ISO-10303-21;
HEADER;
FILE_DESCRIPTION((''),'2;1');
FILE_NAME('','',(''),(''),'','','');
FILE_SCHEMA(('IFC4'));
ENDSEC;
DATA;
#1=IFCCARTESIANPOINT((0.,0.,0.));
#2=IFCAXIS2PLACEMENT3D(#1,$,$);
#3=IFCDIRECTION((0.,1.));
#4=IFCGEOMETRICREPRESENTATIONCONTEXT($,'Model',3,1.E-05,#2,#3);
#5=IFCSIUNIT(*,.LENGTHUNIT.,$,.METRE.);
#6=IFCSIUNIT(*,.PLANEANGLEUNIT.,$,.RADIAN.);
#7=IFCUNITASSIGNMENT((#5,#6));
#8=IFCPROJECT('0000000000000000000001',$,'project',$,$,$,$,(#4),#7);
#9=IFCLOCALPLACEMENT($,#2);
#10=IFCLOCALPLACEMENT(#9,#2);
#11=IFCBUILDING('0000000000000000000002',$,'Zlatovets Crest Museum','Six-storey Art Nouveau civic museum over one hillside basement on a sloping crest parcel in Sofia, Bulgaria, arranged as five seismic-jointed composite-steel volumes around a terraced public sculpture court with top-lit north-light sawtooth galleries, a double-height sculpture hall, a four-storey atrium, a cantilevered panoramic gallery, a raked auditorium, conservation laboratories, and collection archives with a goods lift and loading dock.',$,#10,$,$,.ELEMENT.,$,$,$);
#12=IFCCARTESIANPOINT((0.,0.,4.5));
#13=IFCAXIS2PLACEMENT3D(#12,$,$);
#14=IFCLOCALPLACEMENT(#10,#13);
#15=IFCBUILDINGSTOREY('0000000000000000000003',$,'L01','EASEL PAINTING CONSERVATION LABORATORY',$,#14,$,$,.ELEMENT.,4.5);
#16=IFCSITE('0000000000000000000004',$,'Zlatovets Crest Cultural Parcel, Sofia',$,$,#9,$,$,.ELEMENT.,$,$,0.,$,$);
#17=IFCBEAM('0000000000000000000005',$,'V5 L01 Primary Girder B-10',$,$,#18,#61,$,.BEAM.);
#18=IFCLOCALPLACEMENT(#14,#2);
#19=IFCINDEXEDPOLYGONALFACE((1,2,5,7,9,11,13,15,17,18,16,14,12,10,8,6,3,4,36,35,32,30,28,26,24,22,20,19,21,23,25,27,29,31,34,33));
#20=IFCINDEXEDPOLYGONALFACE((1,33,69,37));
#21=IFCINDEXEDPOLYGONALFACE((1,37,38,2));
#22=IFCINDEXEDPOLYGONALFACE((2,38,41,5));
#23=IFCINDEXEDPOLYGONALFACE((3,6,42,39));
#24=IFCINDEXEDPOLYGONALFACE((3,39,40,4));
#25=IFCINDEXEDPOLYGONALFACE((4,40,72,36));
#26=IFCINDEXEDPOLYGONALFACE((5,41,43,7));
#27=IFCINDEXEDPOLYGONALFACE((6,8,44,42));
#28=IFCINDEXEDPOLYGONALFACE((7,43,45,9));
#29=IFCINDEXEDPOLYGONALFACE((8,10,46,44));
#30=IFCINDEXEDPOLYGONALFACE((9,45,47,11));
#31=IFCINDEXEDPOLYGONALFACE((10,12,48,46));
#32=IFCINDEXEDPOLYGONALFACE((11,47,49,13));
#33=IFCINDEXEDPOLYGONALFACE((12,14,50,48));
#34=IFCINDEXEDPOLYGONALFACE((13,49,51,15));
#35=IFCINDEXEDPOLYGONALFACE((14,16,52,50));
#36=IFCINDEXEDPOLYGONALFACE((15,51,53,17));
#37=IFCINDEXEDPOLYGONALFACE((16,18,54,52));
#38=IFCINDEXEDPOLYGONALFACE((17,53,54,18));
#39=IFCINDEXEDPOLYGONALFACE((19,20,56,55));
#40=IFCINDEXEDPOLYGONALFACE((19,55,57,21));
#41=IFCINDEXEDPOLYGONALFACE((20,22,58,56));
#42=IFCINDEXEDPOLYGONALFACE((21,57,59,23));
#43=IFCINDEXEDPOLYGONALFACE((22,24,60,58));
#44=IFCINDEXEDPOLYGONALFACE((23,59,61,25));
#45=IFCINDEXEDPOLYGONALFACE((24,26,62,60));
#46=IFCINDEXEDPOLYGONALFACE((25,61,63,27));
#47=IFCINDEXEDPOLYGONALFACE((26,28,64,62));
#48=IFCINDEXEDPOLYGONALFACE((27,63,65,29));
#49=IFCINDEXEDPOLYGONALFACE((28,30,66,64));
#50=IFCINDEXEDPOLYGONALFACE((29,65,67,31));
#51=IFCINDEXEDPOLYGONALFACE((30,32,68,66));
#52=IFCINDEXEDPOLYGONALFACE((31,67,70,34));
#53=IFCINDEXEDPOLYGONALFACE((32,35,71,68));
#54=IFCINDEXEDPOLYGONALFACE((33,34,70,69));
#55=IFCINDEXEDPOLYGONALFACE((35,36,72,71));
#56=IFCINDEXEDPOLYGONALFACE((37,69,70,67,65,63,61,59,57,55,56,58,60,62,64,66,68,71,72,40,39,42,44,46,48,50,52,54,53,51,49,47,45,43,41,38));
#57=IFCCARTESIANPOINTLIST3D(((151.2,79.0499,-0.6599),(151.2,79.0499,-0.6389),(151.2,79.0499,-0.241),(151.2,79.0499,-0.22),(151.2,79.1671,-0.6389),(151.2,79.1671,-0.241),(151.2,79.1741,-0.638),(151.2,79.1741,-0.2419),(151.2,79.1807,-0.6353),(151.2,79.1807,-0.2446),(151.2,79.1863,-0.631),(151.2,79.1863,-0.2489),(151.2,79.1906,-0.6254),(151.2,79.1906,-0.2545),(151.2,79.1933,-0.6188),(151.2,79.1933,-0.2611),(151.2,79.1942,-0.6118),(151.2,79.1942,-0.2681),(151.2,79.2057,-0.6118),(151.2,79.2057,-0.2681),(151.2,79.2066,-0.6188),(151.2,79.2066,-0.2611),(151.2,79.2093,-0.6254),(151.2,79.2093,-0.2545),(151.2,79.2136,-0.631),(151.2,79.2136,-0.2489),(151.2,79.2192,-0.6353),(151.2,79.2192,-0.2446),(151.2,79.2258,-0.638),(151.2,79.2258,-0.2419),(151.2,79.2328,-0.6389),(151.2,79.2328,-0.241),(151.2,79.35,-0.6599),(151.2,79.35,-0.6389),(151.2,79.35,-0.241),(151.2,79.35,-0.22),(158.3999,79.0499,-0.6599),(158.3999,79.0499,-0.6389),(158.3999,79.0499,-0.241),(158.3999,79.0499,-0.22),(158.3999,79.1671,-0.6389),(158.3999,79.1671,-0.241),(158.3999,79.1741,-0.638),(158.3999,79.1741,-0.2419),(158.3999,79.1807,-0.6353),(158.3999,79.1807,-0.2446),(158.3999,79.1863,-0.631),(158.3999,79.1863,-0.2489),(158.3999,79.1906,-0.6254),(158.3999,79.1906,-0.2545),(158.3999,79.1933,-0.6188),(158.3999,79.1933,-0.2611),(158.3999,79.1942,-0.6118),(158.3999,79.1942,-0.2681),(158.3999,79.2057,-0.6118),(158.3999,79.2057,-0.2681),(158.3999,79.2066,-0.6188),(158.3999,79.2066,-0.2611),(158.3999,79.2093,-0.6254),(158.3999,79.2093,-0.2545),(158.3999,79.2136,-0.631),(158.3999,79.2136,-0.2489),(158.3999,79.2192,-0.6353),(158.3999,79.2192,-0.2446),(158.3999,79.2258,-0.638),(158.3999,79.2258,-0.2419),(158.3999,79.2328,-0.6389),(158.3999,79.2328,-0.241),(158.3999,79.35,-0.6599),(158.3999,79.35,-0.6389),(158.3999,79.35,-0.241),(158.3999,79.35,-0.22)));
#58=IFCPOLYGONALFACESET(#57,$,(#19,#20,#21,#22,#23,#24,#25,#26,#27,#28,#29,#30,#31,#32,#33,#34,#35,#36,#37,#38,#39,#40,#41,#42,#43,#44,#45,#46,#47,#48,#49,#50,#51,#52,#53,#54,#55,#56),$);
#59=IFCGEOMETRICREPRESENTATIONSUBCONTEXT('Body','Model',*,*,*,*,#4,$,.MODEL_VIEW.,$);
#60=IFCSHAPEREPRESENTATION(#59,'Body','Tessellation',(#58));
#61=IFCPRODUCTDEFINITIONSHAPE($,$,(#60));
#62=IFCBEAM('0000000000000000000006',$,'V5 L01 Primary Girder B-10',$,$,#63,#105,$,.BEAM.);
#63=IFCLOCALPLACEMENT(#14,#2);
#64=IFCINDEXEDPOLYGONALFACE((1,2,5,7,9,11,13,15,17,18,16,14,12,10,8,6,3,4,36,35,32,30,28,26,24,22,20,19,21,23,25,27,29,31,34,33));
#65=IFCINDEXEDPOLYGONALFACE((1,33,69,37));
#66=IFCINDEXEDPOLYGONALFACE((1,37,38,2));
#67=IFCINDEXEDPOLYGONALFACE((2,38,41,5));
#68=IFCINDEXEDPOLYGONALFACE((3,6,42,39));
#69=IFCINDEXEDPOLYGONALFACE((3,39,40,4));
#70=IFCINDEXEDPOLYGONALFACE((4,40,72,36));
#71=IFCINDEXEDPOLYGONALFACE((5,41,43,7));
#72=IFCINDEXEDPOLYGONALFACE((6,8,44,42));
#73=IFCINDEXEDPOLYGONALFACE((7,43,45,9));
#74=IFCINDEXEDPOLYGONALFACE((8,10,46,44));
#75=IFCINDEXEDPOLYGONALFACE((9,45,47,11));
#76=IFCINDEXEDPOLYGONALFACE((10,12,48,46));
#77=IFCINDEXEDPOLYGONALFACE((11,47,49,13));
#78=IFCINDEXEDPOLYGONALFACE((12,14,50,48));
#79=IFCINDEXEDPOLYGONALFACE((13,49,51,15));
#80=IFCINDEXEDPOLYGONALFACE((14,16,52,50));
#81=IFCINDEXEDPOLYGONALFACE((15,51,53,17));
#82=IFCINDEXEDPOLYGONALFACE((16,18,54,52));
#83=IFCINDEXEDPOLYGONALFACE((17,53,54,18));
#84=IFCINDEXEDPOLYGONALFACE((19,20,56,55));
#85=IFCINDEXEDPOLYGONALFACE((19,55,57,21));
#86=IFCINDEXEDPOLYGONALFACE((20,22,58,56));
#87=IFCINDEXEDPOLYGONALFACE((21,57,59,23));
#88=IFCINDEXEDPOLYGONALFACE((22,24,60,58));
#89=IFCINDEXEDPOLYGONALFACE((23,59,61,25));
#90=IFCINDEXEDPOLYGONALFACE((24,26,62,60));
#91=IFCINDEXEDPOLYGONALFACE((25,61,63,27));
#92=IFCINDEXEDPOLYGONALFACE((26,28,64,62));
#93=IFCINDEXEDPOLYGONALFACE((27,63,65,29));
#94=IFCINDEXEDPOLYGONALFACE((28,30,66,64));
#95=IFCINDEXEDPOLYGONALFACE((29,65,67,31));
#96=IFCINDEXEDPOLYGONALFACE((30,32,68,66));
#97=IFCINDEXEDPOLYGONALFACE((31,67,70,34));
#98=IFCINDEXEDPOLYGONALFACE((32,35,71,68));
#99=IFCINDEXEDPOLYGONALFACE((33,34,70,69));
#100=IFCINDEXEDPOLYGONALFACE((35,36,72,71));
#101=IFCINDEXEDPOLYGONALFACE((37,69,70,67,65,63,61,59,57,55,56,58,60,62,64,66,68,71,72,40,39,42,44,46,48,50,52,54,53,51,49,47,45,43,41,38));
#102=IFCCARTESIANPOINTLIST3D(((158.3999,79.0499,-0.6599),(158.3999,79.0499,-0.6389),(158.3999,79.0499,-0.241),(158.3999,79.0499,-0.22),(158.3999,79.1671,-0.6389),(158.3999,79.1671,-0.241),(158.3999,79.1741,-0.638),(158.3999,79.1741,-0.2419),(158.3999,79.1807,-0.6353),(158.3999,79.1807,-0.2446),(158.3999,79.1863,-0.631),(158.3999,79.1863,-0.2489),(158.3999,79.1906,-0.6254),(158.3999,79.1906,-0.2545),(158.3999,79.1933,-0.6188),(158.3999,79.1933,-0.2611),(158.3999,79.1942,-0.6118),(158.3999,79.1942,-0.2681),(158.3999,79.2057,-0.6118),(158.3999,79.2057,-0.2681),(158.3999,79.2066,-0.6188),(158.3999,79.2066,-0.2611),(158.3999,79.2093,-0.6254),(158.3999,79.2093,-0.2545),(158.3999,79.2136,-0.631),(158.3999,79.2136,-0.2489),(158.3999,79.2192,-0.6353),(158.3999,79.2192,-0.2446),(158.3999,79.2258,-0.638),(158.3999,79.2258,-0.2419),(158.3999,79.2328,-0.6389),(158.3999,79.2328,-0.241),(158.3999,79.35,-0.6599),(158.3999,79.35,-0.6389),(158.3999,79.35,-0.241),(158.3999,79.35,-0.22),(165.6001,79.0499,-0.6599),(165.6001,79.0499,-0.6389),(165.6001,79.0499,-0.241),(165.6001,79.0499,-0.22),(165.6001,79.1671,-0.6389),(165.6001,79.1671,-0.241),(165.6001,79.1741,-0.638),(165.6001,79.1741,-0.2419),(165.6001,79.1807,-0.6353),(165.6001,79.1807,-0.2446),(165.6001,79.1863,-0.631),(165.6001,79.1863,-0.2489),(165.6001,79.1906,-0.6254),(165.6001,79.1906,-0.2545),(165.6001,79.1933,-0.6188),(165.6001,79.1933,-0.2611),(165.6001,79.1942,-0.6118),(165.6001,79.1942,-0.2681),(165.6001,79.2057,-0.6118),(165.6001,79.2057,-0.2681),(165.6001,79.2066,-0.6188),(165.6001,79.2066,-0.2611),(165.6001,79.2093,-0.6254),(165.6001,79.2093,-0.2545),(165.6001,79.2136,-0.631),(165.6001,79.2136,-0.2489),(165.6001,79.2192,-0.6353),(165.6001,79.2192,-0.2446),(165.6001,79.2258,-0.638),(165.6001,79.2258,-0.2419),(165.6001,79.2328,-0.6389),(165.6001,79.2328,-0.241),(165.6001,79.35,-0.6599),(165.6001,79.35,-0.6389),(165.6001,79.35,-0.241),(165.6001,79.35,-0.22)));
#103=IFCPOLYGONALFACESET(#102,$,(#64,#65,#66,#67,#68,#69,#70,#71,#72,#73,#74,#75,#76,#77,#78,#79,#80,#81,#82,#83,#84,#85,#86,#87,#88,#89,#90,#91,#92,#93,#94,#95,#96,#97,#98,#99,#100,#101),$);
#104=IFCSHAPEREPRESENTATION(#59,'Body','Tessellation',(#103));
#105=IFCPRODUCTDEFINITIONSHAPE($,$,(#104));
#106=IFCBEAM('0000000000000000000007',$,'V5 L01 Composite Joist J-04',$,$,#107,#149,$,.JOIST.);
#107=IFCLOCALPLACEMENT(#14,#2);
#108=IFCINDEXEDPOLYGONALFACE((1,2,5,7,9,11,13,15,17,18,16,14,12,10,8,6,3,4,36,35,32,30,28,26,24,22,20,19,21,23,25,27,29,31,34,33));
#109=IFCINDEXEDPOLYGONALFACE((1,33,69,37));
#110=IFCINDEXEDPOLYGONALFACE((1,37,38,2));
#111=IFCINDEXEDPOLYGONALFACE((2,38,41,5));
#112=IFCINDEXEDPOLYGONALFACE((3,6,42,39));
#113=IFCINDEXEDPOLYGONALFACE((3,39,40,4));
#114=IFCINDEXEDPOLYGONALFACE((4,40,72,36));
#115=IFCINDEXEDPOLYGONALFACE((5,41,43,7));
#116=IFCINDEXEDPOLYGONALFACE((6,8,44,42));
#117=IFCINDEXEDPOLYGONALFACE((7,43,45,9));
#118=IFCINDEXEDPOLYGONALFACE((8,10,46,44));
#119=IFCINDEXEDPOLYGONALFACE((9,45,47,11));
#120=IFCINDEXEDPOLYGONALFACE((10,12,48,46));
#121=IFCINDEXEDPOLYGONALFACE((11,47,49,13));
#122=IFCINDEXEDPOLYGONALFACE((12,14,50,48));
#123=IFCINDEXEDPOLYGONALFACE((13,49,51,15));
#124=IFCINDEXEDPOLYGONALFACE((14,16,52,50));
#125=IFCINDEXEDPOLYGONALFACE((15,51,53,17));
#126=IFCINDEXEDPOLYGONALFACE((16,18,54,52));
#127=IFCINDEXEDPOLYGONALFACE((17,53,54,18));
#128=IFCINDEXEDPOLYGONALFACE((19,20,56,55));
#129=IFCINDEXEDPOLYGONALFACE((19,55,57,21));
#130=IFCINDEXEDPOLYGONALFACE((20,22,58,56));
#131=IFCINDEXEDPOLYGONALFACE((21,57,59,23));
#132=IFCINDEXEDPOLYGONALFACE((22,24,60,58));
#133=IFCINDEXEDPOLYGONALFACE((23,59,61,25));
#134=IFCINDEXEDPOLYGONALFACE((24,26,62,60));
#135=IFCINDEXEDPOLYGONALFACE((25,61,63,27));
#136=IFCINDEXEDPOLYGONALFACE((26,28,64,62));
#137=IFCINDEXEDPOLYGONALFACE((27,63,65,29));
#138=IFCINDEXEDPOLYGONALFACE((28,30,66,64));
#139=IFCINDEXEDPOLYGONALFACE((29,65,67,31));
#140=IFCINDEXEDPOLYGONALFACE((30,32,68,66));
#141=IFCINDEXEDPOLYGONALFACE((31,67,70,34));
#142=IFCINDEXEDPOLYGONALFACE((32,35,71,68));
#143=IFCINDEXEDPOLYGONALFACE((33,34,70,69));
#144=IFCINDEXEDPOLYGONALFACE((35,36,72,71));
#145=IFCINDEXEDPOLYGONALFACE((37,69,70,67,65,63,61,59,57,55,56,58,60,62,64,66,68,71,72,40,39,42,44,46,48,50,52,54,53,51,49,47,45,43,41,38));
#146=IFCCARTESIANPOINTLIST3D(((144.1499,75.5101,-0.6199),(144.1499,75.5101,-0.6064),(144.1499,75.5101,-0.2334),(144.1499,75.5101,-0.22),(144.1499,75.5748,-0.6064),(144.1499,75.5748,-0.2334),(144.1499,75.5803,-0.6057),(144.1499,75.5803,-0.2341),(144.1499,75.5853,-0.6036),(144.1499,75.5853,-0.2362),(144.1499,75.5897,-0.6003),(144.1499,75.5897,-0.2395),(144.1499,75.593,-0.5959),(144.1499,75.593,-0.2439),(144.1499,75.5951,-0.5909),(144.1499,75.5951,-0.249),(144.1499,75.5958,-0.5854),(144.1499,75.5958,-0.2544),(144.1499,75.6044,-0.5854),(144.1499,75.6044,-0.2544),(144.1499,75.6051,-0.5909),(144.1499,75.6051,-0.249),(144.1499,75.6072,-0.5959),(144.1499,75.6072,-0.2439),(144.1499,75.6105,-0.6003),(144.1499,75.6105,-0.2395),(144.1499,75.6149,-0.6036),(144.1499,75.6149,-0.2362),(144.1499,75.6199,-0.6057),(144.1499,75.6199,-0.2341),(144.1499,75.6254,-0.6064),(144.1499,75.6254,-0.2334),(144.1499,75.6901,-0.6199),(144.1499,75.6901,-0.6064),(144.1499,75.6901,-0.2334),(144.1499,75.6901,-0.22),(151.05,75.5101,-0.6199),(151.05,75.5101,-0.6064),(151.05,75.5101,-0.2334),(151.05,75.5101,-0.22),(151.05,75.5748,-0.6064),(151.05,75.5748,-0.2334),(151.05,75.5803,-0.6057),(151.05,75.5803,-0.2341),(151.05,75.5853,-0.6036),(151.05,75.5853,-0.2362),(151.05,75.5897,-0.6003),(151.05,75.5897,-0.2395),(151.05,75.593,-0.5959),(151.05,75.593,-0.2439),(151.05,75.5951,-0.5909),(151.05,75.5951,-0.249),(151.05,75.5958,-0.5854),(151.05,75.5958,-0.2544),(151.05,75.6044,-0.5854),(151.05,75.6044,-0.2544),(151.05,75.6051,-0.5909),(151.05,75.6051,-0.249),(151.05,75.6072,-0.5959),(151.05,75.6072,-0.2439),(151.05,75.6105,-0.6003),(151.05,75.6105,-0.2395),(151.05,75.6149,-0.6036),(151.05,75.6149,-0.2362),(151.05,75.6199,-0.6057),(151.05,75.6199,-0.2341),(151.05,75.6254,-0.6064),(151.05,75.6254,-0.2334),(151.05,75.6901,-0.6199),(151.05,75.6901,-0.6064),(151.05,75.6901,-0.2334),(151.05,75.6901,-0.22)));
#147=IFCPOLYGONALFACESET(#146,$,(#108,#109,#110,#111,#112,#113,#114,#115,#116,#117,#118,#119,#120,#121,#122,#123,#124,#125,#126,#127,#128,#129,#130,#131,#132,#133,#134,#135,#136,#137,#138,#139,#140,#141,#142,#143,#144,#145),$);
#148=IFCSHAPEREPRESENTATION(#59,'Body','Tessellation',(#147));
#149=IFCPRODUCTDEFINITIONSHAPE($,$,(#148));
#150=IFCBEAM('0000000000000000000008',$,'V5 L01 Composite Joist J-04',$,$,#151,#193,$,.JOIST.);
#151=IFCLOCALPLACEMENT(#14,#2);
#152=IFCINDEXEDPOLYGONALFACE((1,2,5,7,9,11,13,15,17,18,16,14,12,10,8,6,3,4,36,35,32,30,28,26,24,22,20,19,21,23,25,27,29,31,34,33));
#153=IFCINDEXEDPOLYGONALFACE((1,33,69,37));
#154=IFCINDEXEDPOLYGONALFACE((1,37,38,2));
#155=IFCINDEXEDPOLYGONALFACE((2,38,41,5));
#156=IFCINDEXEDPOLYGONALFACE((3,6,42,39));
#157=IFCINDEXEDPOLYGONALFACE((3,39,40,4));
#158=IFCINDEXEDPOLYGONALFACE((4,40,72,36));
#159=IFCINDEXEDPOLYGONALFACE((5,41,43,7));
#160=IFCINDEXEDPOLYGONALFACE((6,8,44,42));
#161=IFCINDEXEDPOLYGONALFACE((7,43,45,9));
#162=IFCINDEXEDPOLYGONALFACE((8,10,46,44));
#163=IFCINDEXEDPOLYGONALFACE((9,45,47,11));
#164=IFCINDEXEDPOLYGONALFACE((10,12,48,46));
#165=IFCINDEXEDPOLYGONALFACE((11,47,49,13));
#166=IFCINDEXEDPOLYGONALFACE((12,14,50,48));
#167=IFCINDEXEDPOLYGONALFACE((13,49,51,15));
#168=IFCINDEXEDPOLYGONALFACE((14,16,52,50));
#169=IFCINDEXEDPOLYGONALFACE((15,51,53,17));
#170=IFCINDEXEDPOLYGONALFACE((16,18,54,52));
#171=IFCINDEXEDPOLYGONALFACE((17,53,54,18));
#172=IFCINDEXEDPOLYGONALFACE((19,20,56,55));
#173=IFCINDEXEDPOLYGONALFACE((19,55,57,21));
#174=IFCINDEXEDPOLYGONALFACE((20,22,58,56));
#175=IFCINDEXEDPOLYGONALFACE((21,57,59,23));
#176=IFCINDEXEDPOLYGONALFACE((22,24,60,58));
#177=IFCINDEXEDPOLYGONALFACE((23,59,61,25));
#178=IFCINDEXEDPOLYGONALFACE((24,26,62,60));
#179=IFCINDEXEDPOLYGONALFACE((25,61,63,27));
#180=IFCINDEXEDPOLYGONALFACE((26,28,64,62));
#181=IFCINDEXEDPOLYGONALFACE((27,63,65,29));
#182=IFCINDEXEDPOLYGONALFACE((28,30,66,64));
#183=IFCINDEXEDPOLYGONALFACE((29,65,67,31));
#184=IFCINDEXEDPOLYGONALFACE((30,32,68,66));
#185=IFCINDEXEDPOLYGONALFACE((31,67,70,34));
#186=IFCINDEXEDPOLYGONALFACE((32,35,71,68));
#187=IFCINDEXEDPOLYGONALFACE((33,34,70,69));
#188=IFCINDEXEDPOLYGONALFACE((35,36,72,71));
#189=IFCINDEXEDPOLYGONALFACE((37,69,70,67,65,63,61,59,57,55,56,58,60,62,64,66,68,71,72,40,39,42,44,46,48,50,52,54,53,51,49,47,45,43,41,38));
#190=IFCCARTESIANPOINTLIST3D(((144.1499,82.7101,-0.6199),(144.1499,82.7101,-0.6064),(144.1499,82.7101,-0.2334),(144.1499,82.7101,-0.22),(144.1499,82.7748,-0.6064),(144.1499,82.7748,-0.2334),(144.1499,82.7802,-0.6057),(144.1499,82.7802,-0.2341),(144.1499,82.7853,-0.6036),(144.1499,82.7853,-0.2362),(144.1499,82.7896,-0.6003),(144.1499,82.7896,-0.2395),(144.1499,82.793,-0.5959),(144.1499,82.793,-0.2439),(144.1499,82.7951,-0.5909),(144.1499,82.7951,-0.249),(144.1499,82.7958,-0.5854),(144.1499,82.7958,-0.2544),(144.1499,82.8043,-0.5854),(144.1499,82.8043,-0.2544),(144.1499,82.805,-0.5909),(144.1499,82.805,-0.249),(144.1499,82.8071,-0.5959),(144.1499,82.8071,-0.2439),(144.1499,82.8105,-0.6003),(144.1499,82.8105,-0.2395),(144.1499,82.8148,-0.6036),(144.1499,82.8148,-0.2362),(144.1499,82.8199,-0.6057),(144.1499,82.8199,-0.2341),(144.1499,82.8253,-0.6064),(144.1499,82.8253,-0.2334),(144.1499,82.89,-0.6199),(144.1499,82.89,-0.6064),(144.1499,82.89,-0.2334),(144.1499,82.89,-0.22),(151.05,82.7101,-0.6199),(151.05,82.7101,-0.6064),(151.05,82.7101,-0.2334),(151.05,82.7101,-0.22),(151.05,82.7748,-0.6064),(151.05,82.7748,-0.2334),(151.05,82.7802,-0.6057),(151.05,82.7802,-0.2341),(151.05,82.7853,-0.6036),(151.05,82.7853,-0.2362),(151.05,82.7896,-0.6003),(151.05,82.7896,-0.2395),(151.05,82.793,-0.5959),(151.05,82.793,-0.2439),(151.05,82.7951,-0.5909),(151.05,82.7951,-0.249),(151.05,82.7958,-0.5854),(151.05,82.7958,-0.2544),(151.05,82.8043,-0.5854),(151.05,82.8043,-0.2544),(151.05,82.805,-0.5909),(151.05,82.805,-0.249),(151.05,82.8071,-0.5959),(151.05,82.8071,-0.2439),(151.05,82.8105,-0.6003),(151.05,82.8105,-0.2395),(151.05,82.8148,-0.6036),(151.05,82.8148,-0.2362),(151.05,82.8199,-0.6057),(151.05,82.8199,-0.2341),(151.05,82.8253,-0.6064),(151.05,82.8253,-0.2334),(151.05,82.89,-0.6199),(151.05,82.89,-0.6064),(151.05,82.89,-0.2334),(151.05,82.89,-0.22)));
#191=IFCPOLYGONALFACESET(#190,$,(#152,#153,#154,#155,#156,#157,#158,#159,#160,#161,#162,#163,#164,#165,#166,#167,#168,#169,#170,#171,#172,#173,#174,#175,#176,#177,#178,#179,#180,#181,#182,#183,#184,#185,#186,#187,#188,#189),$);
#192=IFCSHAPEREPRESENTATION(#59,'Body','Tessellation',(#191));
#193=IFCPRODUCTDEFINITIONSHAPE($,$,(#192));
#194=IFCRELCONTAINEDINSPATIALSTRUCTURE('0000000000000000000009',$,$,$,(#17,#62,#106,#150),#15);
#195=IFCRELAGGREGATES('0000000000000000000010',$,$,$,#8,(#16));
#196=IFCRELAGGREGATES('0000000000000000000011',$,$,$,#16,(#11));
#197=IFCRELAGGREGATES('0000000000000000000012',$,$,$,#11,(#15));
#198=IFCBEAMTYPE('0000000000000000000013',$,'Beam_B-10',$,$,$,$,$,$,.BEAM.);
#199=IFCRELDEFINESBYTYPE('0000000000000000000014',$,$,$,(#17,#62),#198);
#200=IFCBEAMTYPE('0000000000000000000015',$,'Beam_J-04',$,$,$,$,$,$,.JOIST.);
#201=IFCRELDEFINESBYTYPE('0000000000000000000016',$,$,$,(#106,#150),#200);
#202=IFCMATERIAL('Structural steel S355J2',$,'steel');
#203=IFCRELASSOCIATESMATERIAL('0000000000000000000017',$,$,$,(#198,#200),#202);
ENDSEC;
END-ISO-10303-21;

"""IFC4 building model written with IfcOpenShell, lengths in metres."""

from ifc_helpers import new_model, si_unit, direction, frame, origin, origin_2d, place, context, subcontext, project, spatial, i_section, extrude, material, material_profile, profile_set, type_object, element, save


model = new_model("IFC4")

# Units and contexts
model_context = context("Model", 3, precision=1e-05, world=origin(), true_north=direction((0.0, 1.0)))
body_context = subcontext(model_context, "Body", "Model", "MODEL_VIEW")
ifc_project = project(units=[si_unit("LENGTHUNIT", "METRE"), si_unit("PLANEANGLEUNIT", "RADIAN")], contexts=[model_context])

# Site, building, storey
site_placement = place(None, origin())
site = spatial("IfcSite", under=ifc_project, at=site_placement, Name="Zlatovets Crest Cultural Parcel, Sofia", CompositionType="ELEMENT", RefElevation=0.0)
building_placement = place(site_placement, origin())
building = spatial("IfcBuilding", under=site, at=building_placement, Name="Zlatovets Crest Museum", Description="Six-storey Art Nouveau civic museum over one hillside basement on a sloping crest parcel in Sofia, Bulgaria, arranged as five seismic-jointed composite-steel volumes around a terraced public sculpture court with top-lit north-light sawtooth galleries, a double-height sculpture hall, a four-storey atrium, a cantilevered panoramic gallery, a raked auditorium, conservation laboratories, and collection archives with a goods lift and loading dock.", CompositionType="ELEMENT")
storey_placement = place(building_placement, frame((0.0, 0.0, 4.5)))
storey = spatial("IfcBuildingStorey", under=building, at=storey_placement, Name="L01", Description="EASEL PAINTING CONSERVATION LABORATORY", CompositionType="ELEMENT", Elevation=4.5)

# Shared definitions
ifc_material_1 = material(Name="Structural steel S355J2", Category="steel")

# Beams
ifc_material_profile_1 = material_profile(ifc_material_1, i_section(OverallWidth=0.3, OverallDepth=0.4399, WebThickness=0.0115, FlangeThickness=0.021, FilletRadius=0.0271, at=origin_2d()), Name="HEA 450")
ifc_profile_set_1 = profile_set([ifc_material_profile_1], Name="Structural steel S355J2")
beam_type_1 = type_object("IfcBeamType", Name="Beam_B-10", PredefinedType="BEAM", material=ifc_profile_set_1)
for number, where, z_axis, x_axis, name in (
    (1, (151.2, 79.2, -0.4399), (1.0, 0.0, 0.0), (0.0, 1.0, 0.0), "V5 L01 Primary Girder B-10"),
):
    element("IfcBeam", number, at=place(storey_placement, frame(where, z_axis=z_axis, x_axis=x_axis)), inside=storey, type_object=beam_type_1, Name=name, PredefinedType="BEAM", context=body_context, shape_type="SweptSolid", body=[
        extrude(i_section(OverallWidth=0.3, OverallDepth=0.4399, WebThickness=0.0115, FlangeThickness=0.021, FilletRadius=0.0271, at=origin_2d()), origin(), (0.0, 0.0, 1.0), 7.2),
    ])
beam_1_placement = place(storey_placement, frame((158.3999, 79.2, -0.4399), z_axis=(1.0, 0.0, 0.0), x_axis=(0.0, 1.0, 0.0)))
element("IfcBeam", 2, at=beam_1_placement, inside=storey, type_object=beam_type_1, Name="V5 L01 Primary Girder B-10", PredefinedType="BEAM", context=body_context, shape_type="SweptSolid", body=[
    extrude(i_section(OverallWidth=0.3, OverallDepth=0.4399, WebThickness=0.0115, FlangeThickness=0.021, FilletRadius=0.0271, at=origin_2d()), origin(), (0.0, 0.0, 1.0), 7.2002),
])
ifc_material_profile_2 = material_profile(ifc_material_1, i_section(OverallWidth=0.1799, OverallDepth=0.3999, WebThickness=0.0085, FlangeThickness=0.0134, FilletRadius=0.021, at=origin_2d()), Name="IPE 400")
ifc_profile_set_2 = profile_set([ifc_material_profile_2], Name="Structural steel S355J2")
beam_type_2 = type_object("IfcBeamType", Name="Beam_J-04", PredefinedType="JOIST", material=ifc_profile_set_2)
for number, where, z_axis, x_axis, name in (
    (3, (144.1499, 75.6001, -0.4199), (1.0, 0.0, 0.0), (0.0, 1.0, 0.0), "V5 L01 Composite Joist J-04"),
    (4, (144.1499, 82.8, -0.4199), (1.0, 0.0, 0.0), (0.0, 1.0, 0.0), "V5 L01 Composite Joist J-04"),
):
    element("IfcBeam", number, at=place(storey_placement, frame(where, z_axis=z_axis, x_axis=x_axis)), inside=storey, type_object=beam_type_2, Name=name, PredefinedType="JOIST", context=body_context, shape_type="SweptSolid", body=[
        extrude(i_section(OverallWidth=0.1799, OverallDepth=0.3999, WebThickness=0.0085, FlangeThickness=0.0134, FilletRadius=0.021, at=origin_2d()), origin(), (0.0, 0.0, 1.0), 6.9001),
    ])

save(model, "model.ifc")
